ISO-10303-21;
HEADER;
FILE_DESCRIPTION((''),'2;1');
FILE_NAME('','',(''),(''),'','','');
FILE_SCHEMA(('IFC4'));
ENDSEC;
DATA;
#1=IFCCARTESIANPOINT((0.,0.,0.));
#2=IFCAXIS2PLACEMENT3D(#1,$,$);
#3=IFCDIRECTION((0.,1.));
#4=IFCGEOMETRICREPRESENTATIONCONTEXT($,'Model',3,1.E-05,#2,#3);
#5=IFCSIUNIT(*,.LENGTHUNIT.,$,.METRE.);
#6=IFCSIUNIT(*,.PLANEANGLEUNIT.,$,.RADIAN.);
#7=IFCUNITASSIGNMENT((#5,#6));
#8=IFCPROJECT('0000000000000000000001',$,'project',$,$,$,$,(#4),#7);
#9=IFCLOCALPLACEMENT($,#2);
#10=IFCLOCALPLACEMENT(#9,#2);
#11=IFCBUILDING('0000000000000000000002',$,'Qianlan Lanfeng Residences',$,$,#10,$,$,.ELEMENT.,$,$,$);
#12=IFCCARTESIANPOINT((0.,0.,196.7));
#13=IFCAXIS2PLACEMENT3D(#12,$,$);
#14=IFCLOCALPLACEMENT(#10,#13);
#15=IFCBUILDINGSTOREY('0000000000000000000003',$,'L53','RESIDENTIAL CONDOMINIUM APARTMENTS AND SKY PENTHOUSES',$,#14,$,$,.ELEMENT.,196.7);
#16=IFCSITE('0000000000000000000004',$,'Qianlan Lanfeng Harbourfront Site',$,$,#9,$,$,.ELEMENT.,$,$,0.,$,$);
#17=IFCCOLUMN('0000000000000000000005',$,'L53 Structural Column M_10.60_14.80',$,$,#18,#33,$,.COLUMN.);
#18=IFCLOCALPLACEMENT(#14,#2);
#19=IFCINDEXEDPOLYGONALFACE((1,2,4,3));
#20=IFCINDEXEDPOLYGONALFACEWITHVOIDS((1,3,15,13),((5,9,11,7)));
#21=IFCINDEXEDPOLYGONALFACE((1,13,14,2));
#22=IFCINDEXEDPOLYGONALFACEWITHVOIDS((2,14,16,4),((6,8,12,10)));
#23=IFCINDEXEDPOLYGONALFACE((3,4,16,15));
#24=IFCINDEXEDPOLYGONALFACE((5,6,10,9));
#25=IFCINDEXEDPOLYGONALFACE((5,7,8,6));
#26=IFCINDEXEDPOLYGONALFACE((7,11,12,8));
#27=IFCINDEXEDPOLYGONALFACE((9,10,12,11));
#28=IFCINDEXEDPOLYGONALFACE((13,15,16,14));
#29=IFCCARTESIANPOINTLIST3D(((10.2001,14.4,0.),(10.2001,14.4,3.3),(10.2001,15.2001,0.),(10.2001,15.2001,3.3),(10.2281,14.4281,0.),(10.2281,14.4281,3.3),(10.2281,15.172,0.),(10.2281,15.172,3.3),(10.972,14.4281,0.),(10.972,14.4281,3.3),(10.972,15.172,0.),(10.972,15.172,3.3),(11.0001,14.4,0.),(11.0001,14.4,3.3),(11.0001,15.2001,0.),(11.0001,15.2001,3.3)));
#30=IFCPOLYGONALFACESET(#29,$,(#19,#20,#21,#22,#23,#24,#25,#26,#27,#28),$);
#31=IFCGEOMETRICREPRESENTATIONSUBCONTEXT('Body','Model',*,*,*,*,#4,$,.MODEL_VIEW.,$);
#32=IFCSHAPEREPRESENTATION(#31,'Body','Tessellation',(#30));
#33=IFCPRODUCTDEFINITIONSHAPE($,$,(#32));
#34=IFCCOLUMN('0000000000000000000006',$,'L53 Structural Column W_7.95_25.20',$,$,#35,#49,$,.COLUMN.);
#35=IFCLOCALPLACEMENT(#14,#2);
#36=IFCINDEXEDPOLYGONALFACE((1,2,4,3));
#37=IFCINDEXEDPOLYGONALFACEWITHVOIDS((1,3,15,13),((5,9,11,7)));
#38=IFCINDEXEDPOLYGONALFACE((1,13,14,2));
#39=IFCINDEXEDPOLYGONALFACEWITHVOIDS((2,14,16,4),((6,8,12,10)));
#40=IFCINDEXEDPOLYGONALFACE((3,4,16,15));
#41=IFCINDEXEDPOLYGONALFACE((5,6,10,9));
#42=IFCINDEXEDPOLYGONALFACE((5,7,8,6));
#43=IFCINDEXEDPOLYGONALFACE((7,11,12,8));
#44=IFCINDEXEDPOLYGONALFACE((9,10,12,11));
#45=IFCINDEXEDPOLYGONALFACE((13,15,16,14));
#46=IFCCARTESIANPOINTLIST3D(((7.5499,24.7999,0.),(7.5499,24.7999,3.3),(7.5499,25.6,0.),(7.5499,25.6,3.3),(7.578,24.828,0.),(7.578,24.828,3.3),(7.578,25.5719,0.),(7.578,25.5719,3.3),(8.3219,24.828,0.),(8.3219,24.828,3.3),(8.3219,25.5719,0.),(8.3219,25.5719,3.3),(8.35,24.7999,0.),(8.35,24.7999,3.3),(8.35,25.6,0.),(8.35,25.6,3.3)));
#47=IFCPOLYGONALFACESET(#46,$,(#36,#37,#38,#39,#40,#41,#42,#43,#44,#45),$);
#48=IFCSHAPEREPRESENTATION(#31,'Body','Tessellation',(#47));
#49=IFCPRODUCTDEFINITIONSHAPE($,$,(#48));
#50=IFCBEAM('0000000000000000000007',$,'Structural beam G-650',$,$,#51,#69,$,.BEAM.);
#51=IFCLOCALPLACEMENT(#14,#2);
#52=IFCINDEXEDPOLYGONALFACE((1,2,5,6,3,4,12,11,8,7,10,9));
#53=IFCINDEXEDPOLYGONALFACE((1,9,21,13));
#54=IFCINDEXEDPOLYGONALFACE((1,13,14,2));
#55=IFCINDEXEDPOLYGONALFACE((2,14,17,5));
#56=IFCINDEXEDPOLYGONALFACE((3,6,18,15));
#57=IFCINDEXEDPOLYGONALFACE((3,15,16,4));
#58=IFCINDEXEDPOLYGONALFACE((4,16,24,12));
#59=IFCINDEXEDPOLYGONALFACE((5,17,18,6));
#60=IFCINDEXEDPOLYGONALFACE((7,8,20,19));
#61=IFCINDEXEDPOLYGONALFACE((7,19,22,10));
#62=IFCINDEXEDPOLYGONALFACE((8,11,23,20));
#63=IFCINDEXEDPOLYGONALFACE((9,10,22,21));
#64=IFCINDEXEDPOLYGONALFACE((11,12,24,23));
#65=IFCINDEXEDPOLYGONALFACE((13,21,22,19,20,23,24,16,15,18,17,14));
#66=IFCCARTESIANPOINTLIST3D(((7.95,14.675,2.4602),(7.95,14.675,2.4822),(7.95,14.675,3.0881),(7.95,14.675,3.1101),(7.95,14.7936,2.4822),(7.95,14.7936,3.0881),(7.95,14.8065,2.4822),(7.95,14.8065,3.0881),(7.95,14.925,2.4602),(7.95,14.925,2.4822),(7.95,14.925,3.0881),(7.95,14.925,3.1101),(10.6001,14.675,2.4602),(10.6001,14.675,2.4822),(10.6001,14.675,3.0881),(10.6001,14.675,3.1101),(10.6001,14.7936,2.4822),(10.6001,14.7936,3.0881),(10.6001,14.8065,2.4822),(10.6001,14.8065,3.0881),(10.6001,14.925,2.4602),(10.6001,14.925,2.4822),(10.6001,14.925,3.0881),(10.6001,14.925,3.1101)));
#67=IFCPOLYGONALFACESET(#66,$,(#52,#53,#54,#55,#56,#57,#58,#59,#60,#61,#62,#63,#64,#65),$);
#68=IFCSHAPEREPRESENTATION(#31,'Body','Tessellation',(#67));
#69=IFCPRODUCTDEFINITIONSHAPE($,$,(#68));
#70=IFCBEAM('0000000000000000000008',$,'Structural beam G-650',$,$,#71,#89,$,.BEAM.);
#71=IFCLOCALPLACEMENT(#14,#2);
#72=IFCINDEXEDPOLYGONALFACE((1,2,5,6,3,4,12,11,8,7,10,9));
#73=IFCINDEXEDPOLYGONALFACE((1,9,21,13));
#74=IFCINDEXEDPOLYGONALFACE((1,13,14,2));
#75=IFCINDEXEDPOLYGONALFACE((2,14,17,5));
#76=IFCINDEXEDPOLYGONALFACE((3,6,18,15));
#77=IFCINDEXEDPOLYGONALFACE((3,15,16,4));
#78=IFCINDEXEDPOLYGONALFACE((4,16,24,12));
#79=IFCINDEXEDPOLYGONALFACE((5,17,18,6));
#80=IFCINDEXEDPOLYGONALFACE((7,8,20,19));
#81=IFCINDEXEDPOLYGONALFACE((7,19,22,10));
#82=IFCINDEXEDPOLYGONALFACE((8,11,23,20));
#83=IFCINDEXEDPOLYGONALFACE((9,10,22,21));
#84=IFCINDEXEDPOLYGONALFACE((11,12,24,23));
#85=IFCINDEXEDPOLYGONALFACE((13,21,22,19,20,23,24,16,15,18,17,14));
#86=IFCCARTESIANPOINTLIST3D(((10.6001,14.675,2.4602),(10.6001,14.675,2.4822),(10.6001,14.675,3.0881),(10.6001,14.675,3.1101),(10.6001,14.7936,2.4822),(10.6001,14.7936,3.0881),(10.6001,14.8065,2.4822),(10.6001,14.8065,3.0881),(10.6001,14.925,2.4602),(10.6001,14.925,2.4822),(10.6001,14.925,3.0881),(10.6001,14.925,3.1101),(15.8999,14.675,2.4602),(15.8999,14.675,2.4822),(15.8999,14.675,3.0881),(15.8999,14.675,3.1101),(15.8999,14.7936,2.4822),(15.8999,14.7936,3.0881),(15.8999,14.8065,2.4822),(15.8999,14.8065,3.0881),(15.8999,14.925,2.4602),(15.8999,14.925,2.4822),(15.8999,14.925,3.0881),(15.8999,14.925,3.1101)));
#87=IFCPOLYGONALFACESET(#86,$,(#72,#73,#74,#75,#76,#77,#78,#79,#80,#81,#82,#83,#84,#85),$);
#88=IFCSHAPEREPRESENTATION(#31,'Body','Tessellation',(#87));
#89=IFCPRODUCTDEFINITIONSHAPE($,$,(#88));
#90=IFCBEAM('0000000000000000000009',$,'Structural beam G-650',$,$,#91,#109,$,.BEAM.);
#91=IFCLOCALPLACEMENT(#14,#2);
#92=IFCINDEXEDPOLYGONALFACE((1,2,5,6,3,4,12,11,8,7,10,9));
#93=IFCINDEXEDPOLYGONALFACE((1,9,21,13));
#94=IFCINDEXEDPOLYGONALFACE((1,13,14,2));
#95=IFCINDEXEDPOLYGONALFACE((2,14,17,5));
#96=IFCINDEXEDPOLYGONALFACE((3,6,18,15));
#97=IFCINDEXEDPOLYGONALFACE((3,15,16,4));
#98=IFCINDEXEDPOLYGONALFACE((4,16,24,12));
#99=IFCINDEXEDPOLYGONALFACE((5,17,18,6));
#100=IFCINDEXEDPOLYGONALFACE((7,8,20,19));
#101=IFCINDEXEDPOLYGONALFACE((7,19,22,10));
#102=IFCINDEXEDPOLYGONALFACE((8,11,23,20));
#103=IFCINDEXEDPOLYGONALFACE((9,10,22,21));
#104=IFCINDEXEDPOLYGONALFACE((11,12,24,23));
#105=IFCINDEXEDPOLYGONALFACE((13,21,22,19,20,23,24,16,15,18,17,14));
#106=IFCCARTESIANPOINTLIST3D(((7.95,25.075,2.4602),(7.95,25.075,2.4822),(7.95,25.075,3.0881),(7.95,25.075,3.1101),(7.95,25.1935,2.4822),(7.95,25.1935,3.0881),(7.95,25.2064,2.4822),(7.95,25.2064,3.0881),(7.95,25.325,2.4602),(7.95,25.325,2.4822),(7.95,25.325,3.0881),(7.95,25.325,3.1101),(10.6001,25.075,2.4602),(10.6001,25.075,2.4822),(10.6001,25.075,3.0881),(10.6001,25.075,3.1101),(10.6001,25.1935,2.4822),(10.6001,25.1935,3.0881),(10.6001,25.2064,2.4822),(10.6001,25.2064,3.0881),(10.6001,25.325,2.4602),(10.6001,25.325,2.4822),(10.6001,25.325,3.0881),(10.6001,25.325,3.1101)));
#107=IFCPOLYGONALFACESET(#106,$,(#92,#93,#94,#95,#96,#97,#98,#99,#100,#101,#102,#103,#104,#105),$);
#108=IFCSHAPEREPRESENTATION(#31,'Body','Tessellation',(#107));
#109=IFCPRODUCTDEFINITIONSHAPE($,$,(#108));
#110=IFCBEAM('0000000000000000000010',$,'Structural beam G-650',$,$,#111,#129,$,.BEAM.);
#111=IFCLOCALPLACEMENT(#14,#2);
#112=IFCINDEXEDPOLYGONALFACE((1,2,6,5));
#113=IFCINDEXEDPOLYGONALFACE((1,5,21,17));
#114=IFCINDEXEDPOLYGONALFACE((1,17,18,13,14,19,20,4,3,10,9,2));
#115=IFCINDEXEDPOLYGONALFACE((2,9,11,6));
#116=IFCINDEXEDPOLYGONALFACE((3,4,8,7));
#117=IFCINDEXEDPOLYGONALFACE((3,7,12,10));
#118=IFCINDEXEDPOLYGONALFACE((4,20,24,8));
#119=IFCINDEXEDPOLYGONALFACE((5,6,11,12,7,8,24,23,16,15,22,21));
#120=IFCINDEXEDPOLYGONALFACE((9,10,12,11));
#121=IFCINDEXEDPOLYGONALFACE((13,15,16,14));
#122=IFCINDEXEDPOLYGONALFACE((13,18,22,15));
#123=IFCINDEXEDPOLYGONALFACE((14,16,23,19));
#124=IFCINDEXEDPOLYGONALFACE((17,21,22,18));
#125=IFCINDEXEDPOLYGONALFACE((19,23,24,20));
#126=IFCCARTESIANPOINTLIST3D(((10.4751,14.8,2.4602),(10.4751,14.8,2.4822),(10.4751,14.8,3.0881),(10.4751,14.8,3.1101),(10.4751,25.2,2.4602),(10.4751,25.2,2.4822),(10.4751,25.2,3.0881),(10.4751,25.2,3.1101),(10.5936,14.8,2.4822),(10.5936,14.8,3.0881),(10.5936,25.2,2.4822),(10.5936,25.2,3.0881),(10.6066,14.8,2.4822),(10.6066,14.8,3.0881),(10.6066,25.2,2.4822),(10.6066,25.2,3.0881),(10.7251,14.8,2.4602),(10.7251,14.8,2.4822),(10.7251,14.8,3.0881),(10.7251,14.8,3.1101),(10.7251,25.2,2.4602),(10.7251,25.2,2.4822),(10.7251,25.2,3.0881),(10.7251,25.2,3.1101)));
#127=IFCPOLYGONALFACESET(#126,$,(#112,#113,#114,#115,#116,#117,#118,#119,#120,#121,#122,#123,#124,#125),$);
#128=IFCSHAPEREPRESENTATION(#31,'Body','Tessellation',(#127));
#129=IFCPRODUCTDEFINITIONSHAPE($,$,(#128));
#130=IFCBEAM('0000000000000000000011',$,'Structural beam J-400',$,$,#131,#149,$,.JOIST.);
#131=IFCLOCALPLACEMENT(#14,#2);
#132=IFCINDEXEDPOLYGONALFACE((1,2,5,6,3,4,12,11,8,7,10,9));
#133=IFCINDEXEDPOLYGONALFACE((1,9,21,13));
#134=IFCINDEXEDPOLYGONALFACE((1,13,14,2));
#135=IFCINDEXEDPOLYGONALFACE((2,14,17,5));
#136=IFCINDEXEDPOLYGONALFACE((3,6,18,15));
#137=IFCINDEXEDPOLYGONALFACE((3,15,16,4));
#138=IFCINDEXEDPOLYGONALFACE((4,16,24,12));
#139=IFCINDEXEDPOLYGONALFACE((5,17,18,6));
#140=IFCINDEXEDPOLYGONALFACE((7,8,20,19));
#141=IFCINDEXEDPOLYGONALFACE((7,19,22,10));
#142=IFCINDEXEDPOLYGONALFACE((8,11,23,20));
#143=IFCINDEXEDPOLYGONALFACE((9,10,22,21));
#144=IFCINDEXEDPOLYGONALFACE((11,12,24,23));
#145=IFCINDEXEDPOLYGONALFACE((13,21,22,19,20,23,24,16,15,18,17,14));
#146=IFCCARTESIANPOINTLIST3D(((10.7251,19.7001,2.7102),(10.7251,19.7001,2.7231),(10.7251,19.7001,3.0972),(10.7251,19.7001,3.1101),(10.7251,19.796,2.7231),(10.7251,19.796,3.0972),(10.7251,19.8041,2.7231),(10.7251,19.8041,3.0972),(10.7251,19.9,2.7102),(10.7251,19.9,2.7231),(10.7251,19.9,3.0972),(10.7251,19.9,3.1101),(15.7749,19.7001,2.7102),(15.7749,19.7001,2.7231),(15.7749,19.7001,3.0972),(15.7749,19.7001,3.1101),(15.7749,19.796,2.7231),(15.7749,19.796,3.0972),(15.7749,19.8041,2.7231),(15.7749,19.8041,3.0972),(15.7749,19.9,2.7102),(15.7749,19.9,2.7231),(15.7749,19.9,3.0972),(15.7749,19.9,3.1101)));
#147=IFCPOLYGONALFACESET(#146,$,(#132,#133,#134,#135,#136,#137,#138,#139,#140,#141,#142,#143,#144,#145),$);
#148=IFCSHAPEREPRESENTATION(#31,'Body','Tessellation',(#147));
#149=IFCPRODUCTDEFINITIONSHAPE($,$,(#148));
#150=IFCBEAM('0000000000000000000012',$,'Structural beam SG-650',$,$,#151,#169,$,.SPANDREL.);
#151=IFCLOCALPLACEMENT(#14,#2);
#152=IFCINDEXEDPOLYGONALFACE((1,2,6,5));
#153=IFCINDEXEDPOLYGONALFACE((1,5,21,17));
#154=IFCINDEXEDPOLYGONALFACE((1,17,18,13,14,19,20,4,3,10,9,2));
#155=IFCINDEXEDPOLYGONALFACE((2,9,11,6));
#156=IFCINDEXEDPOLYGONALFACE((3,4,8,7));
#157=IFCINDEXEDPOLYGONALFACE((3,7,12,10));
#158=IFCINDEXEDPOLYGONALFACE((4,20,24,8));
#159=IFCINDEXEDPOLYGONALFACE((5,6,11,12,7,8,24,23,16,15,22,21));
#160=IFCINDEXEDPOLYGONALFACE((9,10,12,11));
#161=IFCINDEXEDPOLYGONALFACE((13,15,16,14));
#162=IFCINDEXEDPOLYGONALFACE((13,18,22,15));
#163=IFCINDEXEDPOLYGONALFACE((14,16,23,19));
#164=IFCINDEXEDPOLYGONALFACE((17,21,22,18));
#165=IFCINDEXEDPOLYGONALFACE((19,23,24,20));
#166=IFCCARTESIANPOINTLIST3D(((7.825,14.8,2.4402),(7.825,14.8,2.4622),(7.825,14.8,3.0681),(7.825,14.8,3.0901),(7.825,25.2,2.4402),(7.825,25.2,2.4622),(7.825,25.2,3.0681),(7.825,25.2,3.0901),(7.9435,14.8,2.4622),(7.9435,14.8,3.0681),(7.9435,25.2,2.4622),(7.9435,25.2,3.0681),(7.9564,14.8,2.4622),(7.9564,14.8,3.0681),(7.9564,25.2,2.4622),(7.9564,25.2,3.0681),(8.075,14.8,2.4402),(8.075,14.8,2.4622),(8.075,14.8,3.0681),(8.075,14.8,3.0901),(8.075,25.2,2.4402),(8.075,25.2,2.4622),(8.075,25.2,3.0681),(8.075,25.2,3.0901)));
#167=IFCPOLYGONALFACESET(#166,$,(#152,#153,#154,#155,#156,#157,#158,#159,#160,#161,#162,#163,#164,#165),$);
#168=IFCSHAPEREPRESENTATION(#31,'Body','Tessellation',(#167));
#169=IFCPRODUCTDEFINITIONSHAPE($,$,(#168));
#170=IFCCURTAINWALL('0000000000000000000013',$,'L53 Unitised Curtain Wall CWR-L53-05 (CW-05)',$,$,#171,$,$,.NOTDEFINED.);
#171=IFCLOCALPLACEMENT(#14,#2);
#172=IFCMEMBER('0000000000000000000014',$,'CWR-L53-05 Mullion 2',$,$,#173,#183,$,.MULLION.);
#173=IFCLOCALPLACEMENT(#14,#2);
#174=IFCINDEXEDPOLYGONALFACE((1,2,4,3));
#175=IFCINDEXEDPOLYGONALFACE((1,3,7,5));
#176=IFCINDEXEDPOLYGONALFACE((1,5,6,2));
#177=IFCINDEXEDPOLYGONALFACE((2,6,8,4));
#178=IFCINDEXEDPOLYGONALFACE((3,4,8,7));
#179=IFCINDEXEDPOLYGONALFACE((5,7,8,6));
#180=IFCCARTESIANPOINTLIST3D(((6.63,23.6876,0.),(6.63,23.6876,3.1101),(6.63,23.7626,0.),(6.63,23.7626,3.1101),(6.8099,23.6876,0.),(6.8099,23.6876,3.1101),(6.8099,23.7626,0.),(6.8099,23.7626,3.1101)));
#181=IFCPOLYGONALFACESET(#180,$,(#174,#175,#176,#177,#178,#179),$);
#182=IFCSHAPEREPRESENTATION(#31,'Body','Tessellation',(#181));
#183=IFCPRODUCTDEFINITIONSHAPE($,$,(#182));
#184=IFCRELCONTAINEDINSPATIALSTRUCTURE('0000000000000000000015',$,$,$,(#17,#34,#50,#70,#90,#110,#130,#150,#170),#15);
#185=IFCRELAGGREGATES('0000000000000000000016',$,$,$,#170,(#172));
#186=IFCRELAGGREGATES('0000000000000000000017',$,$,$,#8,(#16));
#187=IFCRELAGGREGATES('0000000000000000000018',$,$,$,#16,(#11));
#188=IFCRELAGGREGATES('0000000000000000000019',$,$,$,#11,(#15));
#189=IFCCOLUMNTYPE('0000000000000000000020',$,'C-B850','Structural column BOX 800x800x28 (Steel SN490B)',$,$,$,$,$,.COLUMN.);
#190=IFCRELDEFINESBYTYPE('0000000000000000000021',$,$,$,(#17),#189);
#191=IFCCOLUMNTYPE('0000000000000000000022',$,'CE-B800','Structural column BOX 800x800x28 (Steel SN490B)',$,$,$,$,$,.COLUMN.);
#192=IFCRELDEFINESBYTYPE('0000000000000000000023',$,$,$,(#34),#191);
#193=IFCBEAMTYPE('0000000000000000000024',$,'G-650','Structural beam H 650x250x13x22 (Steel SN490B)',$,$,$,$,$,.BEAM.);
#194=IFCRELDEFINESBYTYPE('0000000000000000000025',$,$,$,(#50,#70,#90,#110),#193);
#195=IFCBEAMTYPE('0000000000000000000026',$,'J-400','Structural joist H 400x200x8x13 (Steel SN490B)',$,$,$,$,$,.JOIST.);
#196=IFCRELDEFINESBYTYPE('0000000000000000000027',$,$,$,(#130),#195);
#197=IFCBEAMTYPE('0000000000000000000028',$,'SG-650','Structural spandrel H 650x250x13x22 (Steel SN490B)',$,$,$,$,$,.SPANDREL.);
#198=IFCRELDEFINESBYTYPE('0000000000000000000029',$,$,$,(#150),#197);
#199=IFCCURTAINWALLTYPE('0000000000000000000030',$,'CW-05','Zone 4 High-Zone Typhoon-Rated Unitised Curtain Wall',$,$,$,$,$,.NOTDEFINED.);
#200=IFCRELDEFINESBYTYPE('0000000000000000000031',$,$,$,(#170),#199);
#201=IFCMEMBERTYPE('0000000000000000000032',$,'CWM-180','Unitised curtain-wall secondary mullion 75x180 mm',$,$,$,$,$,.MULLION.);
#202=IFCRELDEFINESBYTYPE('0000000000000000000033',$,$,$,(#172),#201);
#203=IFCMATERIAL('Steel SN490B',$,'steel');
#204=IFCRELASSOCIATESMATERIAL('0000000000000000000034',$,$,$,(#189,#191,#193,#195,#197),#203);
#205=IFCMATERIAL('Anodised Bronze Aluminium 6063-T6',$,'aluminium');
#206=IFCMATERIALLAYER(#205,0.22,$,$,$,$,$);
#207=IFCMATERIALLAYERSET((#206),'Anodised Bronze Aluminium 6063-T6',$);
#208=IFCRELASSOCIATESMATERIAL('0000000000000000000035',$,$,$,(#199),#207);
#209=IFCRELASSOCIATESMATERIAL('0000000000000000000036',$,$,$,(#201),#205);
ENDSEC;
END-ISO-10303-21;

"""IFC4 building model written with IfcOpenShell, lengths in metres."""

from ifc_helpers import new_model, si_unit, direction, frame, origin, origin_2d, place, context, subcontext, project, spatial, rectangle, hollow_rectangle, i_section, extrude, source, transform, mapped, material, layer, layer_set, material_profile, profile_set, type_object, element, aggregate, save


model = new_model("IFC4")

# Units and contexts
model_context = context("Model", 3, precision=1e-05, world=origin(), true_north=direction((0.0, 1.0)))
body_context = subcontext(model_context, "Body", "Model", "MODEL_VIEW")
ifc_project = project(units=[si_unit("LENGTHUNIT", "METRE"), si_unit("PLANEANGLEUNIT", "RADIAN")], contexts=[model_context])

# Site, building, storey
site_placement = place(None, origin())
site = spatial("IfcSite", under=ifc_project, at=site_placement, Name="Qianlan Lanfeng Harbourfront Site", CompositionType="ELEMENT", RefElevation=0.0)
building_placement = place(site_placement, origin())
building = spatial("IfcBuilding", under=site, at=building_placement, Name="Qianlan Lanfeng Residences", CompositionType="ELEMENT")
storey_placement = place(building_placement, frame((0.0, 0.0, 196.7)))
storey = spatial("IfcBuildingStorey", under=building, at=storey_placement, Name="L53", Description="RESIDENTIAL CONDOMINIUM APARTMENTS AND SKY PENTHOUSES", CompositionType="ELEMENT", Elevation=196.7)

# Columns
ifc_material_1 = material(Name="Steel SN490B", Category="steel")
ifc_material_profile_1 = material_profile(ifc_material_1, hollow_rectangle(XDim=0.8, YDim=0.8, WallThickness=0.0281, at=origin_2d()), Name="BOX 800x800x28")
ifc_profile_set_1 = profile_set([ifc_material_profile_1], Name="Steel SN490B")
column_type_1 = type_object("IfcColumnType", Name="C-B850", Description="Structural column BOX 800x800x28 (Steel SN490B)", PredefinedType="COLUMN", material=ifc_profile_set_1)
column_1_placement = place(storey_placement, frame((10.6001, 14.8, 0.0), z_axis=(0.0, 0.0, 1.0), x_axis=(1.0, 0.0, 0.0)))
element("IfcColumn", 1, at=column_1_placement, inside=storey, type_object=column_type_1, Name="L53 Structural Column M_10.60_14.80", PredefinedType="COLUMN", context=body_context, shape_type="SweptSolid", body=[
    extrude(hollow_rectangle(XDim=0.8, YDim=0.8, WallThickness=0.0281, at=origin_2d()), origin(), (0.0, 0.0, 1.0), 3.3),
])
ifc_material_profile_2 = material_profile(ifc_material_1, hollow_rectangle(XDim=0.8, YDim=0.8, WallThickness=0.0281, at=origin_2d()), Name="BOX 800x800x28")
ifc_profile_set_2 = profile_set([ifc_material_profile_2], Name="Steel SN490B")
column_type_2 = type_object("IfcColumnType", Name="CE-B800", Description="Structural column BOX 800x800x28 (Steel SN490B)", PredefinedType="COLUMN", material=ifc_profile_set_2)
column_2_placement = place(storey_placement, frame((7.95, 25.2, 0.0), z_axis=(0.0, 0.0, 1.0), x_axis=(1.0, 0.0, 0.0)))
element("IfcColumn", 2, at=column_2_placement, inside=storey, type_object=column_type_2, Name="L53 Structural Column W_7.95_25.20", PredefinedType="COLUMN", context=body_context, shape_type="SweptSolid", body=[
    extrude(hollow_rectangle(XDim=0.8, YDim=0.8, WallThickness=0.0281, at=origin_2d()), origin(), (0.0, 0.0, 1.0), 3.3),
])

# Beams
ifc_material_profile_3 = material_profile(ifc_material_1, i_section(OverallWidth=0.25, OverallDepth=0.6499, WebThickness=0.0129, FlangeThickness=0.022, at=origin_2d()), Name="H 650x250x13x22")
ifc_profile_set_3 = profile_set([ifc_material_profile_3], Name="Steel SN490B")
beam_type_1 = type_object("IfcBeamType", Name="G-650", Description="Structural beam H 650x250x13x22 (Steel SN490B)", PredefinedType="BEAM", material=ifc_profile_set_3)
beam_1_placement = place(storey_placement, frame((7.95, 14.8, 2.7852), z_axis=(1.0, 0.0, 0.0), x_axis=(0.0, 1.0, 0.0)))
element("IfcBeam", 3, at=beam_1_placement, inside=storey, type_object=beam_type_1, Name="Structural beam G-650", PredefinedType="BEAM", context=body_context, shape_type="SweptSolid", body=[
    extrude(i_section(OverallWidth=0.25, OverallDepth=0.6499, WebThickness=0.0129, FlangeThickness=0.022, at=origin_2d()), origin(), (0.0, 0.0, 1.0), 2.6501),
])
beam_2_placement = place(storey_placement, frame((10.6001, 14.8, 2.7852), z_axis=(1.0, 0.0, 0.0), x_axis=(0.0, 1.0, 0.0)))
element("IfcBeam", 4, at=beam_2_placement, inside=storey, type_object=beam_type_1, Name="Structural beam G-650", PredefinedType="BEAM", context=body_context, shape_type="SweptSolid", body=[
    extrude(i_section(OverallWidth=0.25, OverallDepth=0.6499, WebThickness=0.0129, FlangeThickness=0.022, at=origin_2d()), origin(), (0.0, 0.0, 1.0), 5.2998),
])
beam_3_placement = place(storey_placement, frame((7.95, 25.2, 2.7852), z_axis=(1.0, 0.0, 0.0), x_axis=(0.0, 1.0, 0.0)))
element("IfcBeam", 5, at=beam_3_placement, inside=storey, type_object=beam_type_1, Name="Structural beam G-650", PredefinedType="BEAM", context=body_context, shape_type="SweptSolid", body=[
    extrude(i_section(OverallWidth=0.25, OverallDepth=0.6499, WebThickness=0.0129, FlangeThickness=0.022, at=origin_2d()), origin(), (0.0, 0.0, 1.0), 2.6501),
])
beam_4_placement = place(storey_placement, frame((10.6001, 14.8, 2.7852), z_axis=(0.0, 1.0, 0.0), x_axis=(-1.0, 0.0, 0.0)))
element("IfcBeam", 6, at=beam_4_placement, inside=storey, type_object=beam_type_1, Name="Structural beam G-650", PredefinedType="BEAM", context=body_context, shape_type="SweptSolid", body=[
    extrude(i_section(OverallWidth=0.25, OverallDepth=0.6499, WebThickness=0.0129, FlangeThickness=0.022, at=origin_2d()), origin(), (0.0, 0.0, 1.0), 10.3999),
])
ifc_material_profile_4 = material_profile(ifc_material_1, i_section(OverallWidth=0.2, OverallDepth=0.3999, WebThickness=0.0081, FlangeThickness=0.0129, at=origin_2d()), Name="H 400x200x8x13")
ifc_profile_set_4 = profile_set([ifc_material_profile_4], Name="Steel SN490B")
beam_type_2 = type_object("IfcBeamType", Name="J-400", Description="Structural joist H 400x200x8x13 (Steel SN490B)", PredefinedType="JOIST", material=ifc_profile_set_4)
beam_5_placement = place(storey_placement, frame((10.7251, 19.8, 2.9102), z_axis=(1.0, 0.0, 0.0), x_axis=(0.0, 1.0, 0.0)))
element("IfcBeam", 7, at=beam_5_placement, inside=storey, type_object=beam_type_2, Name="Structural beam J-400", PredefinedType="JOIST", context=body_context, shape_type="SweptSolid", body=[
    extrude(i_section(OverallWidth=0.2, OverallDepth=0.3999, WebThickness=0.0081, FlangeThickness=0.0129, at=origin_2d()), origin(), (0.0, 0.0, 1.0), 5.0498),
])
ifc_material_profile_5 = material_profile(ifc_material_1, i_section(OverallWidth=0.25, OverallDepth=0.6499, WebThickness=0.0129, FlangeThickness=0.022, at=origin_2d()), Name="H 650x250x13x22")
ifc_profile_set_5 = profile_set([ifc_material_profile_5], Name="Steel SN490B")
beam_type_3 = type_object("IfcBeamType", Name="SG-650", Description="Structural spandrel H 650x250x13x22 (Steel SN490B)", PredefinedType="SPANDREL", material=ifc_profile_set_5)
beam_6_placement = place(storey_placement, frame((7.95, 14.8, 2.7651), z_axis=(0.0, 1.0, 0.0), x_axis=(-1.0, 0.0, 0.0)))
element("IfcBeam", 8, at=beam_6_placement, inside=storey, type_object=beam_type_3, Name="Structural beam SG-650", PredefinedType="SPANDREL", context=body_context, shape_type="SweptSolid", body=[
    extrude(i_section(OverallWidth=0.25, OverallDepth=0.6499, WebThickness=0.0129, FlangeThickness=0.022, at=origin_2d()), origin(), (0.0, 0.0, 1.0), 10.3999),
])

# Curtain wall, member
ifc_material_2 = material(Name="Anodised Bronze Aluminium 6063-T6", Category="aluminium")
ifc_layer_1 = layer(ifc_material_2, 0.22)
ifc_layer_set_1 = layer_set([ifc_layer_1], Name="Anodised Bronze Aluminium 6063-T6")
curtain_wall_type = type_object("IfcCurtainWallType", Name="CW-05", Description="Zone 4 High-Zone Typhoon-Rated Unitised Curtain Wall", PredefinedType="NOTDEFINED", material=ifc_layer_set_1)
curtain_wall_placement = place(storey_placement, origin())
curtain_wall = element("IfcCurtainWall", 9, at=curtain_wall_placement, inside=storey, type_object=curtain_wall_type, Name="L53 Unitised Curtain Wall CWR-L53-05 (CW-05)", PredefinedType="NOTDEFINED")
ifc_material_profile_6 = material_profile(ifc_material_2, rectangle(XDim=0.075, YDim=0.1799, at=origin_2d()), Name="ALU MULLION 75x180")
ifc_profile_set_6 = profile_set([ifc_material_profile_6], Name="Anodised Bronze Aluminium 6063-T6")
member_type_1 = type_object("IfcMemberType", Name="CWM-180", Description="Unitised curtain-wall secondary mullion 75x180 mm", PredefinedType="MULLION", material=ifc_profile_set_6)
shared_shape_1 = source(origin(), body_context, "Body", "SweptSolid", [
    extrude(rectangle(XDim=0.075, YDim=0.1799, at=origin_2d()), origin(), (0.0, 0.0, 1.0), 3.1101),
])
member_1_placement = place(storey_placement, frame((6.72, 23.7251, 0.0), z_axis=(0.0, 0.0, 1.0), x_axis=(0.0, -1.0, 0.0)))
member_1 = element("IfcMember", 10, at=member_1_placement, type_object=member_type_1, Name="CWR-L53-05 Mullion 2", PredefinedType="MULLION", context=body_context, shape_type="MappedRepresentation", body=[
    mapped(shared_shape_1, transform((0.0, 0.0, 0.0), scale=1.0)),
])
aggregate(curtain_wall, [member_1])

save(model, "model.ifc")
